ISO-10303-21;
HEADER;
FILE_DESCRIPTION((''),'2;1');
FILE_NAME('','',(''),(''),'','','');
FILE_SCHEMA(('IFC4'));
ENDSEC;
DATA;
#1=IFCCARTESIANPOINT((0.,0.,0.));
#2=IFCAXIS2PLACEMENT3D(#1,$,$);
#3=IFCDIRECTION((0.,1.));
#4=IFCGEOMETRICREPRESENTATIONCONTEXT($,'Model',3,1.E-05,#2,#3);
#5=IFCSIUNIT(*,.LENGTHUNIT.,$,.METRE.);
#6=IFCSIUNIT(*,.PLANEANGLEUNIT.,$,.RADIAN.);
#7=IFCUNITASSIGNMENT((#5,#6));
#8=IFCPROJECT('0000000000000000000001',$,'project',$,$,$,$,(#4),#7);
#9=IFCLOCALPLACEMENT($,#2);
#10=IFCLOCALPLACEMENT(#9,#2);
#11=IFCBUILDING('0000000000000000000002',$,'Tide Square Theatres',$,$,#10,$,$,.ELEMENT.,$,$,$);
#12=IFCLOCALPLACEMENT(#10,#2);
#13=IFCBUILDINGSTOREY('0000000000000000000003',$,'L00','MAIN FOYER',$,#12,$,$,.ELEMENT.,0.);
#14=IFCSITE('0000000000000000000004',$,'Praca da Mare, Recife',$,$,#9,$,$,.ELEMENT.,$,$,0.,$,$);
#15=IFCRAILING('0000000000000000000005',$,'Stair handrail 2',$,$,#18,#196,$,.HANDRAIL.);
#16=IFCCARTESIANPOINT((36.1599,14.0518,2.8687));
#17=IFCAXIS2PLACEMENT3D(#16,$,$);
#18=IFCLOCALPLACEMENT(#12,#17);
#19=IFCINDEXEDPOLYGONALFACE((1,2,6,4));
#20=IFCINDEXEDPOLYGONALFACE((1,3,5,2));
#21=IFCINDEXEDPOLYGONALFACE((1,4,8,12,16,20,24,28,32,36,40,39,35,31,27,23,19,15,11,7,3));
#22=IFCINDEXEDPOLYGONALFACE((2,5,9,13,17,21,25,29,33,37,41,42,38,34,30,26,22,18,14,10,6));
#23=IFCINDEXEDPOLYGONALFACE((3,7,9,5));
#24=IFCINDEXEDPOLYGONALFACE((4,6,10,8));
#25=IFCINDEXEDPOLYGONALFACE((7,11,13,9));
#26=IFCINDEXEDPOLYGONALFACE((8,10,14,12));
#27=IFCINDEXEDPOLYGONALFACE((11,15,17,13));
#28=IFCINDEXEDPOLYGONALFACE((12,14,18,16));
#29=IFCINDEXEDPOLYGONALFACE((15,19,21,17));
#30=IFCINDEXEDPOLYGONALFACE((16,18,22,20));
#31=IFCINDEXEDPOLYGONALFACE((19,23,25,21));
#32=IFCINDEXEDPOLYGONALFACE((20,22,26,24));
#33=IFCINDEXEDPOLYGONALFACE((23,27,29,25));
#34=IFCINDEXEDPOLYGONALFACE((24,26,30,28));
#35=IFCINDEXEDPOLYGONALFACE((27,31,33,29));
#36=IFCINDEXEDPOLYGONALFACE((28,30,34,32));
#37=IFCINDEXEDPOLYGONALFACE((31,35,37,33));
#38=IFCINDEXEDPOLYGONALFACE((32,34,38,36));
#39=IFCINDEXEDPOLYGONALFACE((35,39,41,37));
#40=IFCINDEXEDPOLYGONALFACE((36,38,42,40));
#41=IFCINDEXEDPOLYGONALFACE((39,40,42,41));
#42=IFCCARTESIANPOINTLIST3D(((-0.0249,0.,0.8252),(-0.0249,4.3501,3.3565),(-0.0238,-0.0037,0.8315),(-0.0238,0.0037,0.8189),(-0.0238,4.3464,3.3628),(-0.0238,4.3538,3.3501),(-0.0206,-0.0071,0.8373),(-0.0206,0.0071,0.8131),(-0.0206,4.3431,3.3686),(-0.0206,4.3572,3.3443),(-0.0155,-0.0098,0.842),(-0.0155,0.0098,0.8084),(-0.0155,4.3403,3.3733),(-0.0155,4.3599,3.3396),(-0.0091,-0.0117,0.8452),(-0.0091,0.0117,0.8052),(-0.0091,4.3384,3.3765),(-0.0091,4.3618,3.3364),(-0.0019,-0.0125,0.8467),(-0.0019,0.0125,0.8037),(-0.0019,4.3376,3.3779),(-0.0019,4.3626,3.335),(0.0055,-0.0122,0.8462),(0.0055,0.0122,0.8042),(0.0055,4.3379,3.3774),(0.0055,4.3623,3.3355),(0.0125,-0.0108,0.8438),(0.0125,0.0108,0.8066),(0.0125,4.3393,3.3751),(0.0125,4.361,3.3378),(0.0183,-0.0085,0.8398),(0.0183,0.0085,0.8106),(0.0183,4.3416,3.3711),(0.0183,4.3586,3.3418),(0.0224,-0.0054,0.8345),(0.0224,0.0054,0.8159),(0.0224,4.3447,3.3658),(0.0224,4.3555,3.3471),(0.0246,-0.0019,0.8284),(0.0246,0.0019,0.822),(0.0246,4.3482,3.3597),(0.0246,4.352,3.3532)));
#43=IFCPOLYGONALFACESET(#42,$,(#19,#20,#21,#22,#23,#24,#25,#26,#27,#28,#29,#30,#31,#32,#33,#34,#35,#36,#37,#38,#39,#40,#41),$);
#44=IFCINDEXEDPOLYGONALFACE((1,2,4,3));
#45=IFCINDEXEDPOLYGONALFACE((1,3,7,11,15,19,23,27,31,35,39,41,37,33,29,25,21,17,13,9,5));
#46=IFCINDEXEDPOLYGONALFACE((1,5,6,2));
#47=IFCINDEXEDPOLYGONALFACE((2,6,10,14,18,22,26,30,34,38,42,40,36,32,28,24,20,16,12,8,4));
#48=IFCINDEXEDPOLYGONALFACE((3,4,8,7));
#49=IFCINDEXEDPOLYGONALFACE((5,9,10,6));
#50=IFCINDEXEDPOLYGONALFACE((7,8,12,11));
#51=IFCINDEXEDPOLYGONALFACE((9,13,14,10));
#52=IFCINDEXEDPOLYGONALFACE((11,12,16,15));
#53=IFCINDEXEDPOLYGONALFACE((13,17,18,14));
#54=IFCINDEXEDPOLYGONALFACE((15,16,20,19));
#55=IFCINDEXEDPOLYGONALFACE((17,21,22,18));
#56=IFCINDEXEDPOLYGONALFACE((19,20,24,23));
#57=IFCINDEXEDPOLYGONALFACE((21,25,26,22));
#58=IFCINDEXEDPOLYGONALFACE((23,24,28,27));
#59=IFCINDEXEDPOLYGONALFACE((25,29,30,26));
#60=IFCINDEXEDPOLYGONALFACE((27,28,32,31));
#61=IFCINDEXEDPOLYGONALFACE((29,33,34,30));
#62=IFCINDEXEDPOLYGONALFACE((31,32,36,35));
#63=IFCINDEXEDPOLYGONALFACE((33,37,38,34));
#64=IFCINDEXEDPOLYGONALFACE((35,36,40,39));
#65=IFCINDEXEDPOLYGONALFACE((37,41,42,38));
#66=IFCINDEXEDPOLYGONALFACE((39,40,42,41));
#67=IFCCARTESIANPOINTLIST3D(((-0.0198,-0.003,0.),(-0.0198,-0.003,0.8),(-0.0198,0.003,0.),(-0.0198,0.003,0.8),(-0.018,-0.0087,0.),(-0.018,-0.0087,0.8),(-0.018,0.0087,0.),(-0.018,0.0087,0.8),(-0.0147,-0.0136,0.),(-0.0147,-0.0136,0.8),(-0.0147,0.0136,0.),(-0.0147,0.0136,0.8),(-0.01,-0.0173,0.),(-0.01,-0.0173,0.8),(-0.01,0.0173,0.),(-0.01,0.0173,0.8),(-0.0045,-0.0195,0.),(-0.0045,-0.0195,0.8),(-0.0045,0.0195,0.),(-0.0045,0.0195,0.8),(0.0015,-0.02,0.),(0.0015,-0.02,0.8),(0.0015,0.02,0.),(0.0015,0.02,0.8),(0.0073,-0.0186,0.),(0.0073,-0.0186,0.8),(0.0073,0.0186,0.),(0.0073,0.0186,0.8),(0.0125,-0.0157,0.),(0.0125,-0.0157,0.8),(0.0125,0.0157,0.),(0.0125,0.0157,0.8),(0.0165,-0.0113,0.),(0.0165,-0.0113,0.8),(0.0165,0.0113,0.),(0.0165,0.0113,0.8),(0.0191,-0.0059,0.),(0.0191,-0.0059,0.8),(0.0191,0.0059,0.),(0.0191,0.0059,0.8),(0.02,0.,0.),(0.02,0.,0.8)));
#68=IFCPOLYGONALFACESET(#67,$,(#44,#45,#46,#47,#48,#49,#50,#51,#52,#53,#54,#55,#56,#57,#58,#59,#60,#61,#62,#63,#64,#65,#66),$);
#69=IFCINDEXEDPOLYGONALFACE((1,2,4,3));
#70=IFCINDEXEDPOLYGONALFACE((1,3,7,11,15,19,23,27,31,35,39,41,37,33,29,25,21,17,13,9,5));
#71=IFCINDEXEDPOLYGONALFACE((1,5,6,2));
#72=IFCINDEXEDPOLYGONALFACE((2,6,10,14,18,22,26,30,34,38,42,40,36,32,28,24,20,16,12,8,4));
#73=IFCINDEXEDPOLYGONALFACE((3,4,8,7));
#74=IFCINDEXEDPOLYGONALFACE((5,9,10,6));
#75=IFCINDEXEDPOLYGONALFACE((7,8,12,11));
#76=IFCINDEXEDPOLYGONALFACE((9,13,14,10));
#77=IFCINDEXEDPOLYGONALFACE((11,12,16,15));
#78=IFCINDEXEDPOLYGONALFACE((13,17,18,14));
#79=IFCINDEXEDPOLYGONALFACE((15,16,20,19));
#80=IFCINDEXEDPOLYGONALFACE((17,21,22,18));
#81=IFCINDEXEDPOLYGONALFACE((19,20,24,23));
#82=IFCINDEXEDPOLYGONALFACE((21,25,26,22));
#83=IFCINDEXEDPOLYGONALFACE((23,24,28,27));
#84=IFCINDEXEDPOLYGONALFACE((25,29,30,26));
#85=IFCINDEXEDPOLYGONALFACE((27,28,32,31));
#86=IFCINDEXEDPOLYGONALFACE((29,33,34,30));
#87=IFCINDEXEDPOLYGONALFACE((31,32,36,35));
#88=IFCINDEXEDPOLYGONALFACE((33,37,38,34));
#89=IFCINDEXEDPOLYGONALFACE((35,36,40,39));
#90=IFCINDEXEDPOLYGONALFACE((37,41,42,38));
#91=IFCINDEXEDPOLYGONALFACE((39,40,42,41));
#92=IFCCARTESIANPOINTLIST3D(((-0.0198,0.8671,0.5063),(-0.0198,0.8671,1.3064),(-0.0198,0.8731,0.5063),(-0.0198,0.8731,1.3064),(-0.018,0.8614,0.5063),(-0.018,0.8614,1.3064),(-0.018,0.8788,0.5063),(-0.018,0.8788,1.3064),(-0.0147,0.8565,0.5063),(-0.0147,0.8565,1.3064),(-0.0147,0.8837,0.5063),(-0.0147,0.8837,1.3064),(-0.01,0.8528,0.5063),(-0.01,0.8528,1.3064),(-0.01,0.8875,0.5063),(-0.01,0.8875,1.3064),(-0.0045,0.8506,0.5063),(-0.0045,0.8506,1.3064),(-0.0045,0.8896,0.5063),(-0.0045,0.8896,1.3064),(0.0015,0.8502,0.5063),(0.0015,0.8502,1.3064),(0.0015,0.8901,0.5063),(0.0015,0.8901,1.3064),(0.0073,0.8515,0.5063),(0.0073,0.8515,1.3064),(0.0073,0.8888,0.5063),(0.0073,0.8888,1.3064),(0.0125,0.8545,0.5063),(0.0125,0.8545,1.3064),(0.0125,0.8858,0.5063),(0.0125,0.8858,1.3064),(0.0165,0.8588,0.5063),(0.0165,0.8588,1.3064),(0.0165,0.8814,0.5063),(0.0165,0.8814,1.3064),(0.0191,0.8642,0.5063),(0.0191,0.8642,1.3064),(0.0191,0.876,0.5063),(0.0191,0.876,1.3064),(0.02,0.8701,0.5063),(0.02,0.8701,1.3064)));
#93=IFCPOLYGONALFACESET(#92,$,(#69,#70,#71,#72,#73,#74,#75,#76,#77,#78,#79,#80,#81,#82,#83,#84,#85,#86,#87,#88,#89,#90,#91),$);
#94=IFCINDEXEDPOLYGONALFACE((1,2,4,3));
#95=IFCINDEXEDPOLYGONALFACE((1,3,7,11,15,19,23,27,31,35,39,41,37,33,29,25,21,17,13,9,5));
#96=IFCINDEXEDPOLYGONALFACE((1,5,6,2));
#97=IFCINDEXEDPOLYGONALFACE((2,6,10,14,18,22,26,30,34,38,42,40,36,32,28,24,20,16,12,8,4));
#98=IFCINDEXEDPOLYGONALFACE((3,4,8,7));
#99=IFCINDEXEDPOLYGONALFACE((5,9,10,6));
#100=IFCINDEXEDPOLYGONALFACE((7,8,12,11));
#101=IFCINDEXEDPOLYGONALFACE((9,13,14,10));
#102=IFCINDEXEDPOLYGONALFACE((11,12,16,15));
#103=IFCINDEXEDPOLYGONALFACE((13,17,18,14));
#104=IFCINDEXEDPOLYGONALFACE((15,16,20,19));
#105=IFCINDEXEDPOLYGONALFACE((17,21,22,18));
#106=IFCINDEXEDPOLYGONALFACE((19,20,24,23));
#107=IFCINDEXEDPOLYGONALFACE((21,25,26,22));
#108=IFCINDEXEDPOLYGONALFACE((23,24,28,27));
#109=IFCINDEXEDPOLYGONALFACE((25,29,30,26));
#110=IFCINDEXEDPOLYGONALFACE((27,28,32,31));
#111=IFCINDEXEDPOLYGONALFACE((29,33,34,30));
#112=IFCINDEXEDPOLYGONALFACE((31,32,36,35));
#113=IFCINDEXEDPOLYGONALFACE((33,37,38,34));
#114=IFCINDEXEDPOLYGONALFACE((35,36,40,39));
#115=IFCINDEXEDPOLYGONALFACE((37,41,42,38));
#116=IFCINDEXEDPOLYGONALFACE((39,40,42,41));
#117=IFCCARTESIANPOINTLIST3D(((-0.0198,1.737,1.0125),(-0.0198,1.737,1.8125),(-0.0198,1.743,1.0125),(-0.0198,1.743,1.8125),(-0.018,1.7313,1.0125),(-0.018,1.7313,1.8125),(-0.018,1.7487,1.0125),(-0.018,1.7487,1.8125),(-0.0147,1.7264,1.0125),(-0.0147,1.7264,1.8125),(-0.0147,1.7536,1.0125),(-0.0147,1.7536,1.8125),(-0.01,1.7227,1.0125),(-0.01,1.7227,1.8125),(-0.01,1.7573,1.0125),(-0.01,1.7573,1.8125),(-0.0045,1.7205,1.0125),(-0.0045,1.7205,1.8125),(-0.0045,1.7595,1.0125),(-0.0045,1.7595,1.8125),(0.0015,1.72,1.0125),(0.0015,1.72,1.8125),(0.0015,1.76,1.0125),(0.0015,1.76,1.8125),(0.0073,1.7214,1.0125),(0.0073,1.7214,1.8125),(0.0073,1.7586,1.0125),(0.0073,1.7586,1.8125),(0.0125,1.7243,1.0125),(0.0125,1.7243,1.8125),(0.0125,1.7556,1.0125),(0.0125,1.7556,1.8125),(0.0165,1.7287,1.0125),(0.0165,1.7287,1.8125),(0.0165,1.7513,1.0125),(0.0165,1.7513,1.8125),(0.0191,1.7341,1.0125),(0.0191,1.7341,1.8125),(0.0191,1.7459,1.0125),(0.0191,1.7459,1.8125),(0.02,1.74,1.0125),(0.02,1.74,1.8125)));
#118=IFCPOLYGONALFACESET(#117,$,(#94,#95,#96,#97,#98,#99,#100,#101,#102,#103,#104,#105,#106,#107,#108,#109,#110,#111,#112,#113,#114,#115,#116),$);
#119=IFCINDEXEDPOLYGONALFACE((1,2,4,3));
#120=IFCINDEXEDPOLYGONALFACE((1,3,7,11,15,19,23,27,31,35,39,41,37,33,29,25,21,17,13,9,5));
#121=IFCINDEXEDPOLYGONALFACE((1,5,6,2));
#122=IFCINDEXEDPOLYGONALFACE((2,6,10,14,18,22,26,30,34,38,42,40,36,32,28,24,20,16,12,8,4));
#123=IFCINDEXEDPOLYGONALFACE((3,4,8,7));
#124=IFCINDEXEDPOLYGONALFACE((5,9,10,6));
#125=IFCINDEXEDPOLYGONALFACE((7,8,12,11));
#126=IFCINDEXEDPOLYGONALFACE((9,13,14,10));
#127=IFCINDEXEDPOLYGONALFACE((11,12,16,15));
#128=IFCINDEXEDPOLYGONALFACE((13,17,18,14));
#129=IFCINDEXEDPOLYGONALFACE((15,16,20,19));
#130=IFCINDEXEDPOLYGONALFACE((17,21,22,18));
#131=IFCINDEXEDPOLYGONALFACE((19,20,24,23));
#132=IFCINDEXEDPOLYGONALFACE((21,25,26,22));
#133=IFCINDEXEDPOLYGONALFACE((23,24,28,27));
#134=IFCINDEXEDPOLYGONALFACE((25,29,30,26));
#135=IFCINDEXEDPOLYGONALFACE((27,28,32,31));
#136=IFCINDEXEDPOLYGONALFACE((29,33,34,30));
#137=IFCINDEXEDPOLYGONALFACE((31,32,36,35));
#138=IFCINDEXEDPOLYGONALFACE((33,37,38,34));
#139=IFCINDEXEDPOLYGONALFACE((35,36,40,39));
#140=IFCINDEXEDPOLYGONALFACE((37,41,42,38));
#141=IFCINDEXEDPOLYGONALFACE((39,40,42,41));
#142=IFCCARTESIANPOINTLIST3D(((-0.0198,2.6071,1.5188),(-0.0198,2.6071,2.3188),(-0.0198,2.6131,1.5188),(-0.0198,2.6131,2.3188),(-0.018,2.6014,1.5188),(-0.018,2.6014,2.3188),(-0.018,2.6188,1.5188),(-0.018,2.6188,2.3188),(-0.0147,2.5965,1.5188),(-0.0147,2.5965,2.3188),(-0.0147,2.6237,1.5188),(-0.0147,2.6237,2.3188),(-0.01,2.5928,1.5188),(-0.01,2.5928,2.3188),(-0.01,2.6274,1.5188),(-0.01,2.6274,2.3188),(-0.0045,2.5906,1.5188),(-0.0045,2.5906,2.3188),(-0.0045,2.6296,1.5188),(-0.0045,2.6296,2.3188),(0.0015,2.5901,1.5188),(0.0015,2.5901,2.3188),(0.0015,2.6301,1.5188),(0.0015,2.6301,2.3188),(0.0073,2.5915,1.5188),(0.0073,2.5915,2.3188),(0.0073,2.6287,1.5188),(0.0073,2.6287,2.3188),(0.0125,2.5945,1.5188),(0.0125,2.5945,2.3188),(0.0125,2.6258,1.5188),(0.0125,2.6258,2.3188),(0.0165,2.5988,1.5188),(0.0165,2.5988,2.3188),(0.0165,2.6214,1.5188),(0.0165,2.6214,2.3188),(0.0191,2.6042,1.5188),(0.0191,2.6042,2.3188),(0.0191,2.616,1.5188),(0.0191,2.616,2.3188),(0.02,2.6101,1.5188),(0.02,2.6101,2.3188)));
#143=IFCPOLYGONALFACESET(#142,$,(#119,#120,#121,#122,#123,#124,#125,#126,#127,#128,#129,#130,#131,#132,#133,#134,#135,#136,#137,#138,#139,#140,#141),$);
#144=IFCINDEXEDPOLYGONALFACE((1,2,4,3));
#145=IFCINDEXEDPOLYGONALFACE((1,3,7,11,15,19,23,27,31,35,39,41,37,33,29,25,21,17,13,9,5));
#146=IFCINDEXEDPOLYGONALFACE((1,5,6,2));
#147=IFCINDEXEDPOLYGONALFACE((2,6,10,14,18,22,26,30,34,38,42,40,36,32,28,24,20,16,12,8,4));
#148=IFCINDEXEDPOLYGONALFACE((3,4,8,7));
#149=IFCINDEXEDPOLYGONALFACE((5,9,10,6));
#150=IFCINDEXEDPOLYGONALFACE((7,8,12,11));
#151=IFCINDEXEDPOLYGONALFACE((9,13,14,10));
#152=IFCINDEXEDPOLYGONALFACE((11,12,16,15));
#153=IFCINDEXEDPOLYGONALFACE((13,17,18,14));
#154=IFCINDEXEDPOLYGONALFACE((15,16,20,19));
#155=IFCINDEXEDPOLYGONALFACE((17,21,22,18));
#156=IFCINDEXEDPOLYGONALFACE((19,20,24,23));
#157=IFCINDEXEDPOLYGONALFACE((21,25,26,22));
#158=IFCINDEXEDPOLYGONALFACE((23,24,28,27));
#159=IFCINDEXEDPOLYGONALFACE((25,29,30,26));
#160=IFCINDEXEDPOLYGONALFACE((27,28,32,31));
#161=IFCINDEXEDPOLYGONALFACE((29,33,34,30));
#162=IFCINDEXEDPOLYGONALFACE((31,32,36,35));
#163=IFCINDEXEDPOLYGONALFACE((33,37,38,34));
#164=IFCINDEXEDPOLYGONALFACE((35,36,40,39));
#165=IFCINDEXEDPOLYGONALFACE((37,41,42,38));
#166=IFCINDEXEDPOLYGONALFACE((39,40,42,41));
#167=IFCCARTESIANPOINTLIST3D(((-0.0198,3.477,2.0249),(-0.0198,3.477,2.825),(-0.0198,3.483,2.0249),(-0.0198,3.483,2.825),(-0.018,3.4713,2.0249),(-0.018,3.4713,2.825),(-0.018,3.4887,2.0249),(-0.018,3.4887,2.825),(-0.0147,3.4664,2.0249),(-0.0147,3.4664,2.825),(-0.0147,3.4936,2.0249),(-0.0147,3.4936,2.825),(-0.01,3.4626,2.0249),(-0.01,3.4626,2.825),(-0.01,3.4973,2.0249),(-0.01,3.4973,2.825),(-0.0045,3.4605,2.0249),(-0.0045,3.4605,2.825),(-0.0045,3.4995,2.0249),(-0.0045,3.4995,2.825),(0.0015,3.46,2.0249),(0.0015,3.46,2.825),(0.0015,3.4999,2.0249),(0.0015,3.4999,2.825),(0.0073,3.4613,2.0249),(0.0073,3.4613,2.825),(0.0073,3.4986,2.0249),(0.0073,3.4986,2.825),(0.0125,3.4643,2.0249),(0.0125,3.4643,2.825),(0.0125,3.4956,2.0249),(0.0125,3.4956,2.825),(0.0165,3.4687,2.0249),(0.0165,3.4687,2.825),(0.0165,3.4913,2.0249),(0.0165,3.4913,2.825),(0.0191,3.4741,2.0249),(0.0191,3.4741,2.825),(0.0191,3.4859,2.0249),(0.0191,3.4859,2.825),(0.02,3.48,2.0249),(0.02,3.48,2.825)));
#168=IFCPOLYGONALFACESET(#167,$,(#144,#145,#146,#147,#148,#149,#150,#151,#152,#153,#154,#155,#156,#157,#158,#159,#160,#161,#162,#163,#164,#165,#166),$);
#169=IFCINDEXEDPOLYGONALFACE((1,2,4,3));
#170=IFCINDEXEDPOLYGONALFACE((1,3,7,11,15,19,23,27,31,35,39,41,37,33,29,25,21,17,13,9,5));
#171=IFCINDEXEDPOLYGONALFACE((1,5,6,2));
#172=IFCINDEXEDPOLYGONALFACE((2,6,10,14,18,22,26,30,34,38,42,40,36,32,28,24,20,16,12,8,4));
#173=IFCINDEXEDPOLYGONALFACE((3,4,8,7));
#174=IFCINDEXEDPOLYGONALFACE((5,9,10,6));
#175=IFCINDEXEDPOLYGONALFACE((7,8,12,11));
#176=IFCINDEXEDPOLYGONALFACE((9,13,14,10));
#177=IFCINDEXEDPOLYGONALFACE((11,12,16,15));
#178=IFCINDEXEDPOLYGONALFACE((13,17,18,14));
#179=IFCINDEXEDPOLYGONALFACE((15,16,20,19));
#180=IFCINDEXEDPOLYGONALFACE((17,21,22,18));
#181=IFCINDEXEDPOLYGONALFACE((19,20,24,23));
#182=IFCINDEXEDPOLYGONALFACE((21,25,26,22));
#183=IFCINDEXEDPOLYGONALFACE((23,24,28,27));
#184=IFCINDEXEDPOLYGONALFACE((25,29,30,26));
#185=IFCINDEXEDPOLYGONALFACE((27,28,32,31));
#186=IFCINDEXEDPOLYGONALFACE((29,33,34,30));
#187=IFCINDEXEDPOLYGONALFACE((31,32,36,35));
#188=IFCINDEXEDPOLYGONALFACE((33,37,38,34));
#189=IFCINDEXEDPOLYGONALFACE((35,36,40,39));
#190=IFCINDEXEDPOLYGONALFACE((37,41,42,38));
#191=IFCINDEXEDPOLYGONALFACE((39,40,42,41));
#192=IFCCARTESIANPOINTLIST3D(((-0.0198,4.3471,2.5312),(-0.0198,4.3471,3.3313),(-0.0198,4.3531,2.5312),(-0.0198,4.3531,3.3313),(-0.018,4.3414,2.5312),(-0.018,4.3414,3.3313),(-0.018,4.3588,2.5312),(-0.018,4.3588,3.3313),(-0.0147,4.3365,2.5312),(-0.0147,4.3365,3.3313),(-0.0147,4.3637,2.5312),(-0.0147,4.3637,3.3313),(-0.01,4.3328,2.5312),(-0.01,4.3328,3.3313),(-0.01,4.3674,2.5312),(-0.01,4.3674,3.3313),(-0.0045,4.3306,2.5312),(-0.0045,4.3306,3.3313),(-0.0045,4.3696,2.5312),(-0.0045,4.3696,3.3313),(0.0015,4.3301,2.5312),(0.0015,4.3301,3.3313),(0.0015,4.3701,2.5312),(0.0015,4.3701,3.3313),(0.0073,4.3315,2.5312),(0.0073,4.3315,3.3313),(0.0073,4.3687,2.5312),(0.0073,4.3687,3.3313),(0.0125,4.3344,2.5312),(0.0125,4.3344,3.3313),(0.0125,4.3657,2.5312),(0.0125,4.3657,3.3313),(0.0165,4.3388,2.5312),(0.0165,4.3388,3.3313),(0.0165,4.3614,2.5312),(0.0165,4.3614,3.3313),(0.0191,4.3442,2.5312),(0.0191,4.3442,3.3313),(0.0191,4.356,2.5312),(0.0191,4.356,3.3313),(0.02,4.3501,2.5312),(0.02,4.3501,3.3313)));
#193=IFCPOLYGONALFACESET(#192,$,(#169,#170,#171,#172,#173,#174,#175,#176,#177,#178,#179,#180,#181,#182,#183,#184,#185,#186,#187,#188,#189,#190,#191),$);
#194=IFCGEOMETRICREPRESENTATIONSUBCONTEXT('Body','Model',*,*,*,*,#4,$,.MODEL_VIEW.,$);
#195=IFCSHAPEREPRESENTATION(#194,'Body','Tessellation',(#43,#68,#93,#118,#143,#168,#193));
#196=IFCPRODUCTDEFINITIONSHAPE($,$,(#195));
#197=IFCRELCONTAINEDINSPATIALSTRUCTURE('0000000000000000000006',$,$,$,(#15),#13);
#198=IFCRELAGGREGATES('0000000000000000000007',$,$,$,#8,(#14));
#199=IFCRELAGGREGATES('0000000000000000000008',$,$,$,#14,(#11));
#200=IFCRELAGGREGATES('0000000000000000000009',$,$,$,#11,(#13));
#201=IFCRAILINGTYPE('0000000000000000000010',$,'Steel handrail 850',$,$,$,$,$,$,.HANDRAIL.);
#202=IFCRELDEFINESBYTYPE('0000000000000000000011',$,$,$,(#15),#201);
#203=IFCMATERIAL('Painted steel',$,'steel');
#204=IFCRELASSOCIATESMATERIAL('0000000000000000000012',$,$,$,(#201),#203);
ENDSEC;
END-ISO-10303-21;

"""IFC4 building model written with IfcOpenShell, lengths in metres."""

from ifc_helpers import new_model, si_unit, direction, frame, origin, origin_2d, place, context, subcontext, project, spatial, circle, extrude, material, type_object, element, save


model = new_model("IFC4")

# Units and contexts
model_context = context("Model", 3, precision=1e-05, world=origin(), true_north=direction((0.0, 1.0)))
body_context = subcontext(model_context, "Body", "Model", "MODEL_VIEW")
ifc_project = project(units=[si_unit("LENGTHUNIT", "METRE"), si_unit("PLANEANGLEUNIT", "RADIAN")], contexts=[model_context])

# Site, building, storey
site_placement = place(None, origin())
site = spatial("IfcSite", under=ifc_project, at=site_placement, Name="Praca da Mare, Recife", CompositionType="ELEMENT", RefElevation=0.0)
building_placement = place(site_placement, origin())
building = spatial("IfcBuilding", under=site, at=building_placement, Name="Tide Square Theatres", CompositionType="ELEMENT")
storey_placement = place(building_placement, origin())
storey = spatial("IfcBuildingStorey", under=building, at=storey_placement, Name="L00", Description="MAIN FOYER", CompositionType="ELEMENT", Elevation=0.0)

# Railing
ifc_material_1 = material(Name="Painted steel", Category="steel")
railing_type = type_object("IfcRailingType", Name="Steel handrail 850", PredefinedType="HANDRAIL", material=ifc_material_1)
for number, where, name in (
    (1, (36.1599, 14.0518, 2.8687), "Stair handrail 2"),
):
    element("IfcRailing", number, at=place(storey_placement, frame(where)), inside=storey, type_object=railing_type, Name=name, PredefinedType="HANDRAIL", context=body_context, shape_type="SweptSolid", body=[
        extrude(circle(Radius=0.0249, at=origin_2d()), frame((0.0, 0.0, 0.8252), z_axis=(0.0, 0.864324, 0.502936), x_axis=(-1.0, 0.0, 0.0)), (0.0, 0.0, 1.0), 5.033),
        extrude(circle(Radius=0.02, at=origin_2d()), origin(), (0.0, 0.0, 1.0), 0.8),
        extrude(circle(Radius=0.02, at=origin_2d()), frame((0.0, 0.8701, 0.5063)), (0.0, 0.0, 1.0), 0.8),
        extrude(circle(Radius=0.02, at=origin_2d()), frame((0.0, 1.74, 1.0125)), (0.0, 0.0, 1.0), 0.8),
        extrude(circle(Radius=0.02, at=origin_2d()), frame((0.0, 2.6101, 1.5188)), (0.0, 0.0, 1.0), 0.8),
        extrude(circle(Radius=0.02, at=origin_2d()), frame((0.0, 3.48, 2.0249)), (0.0, 0.0, 1.0), 0.8),
        extrude(circle(Radius=0.02, at=origin_2d()), frame((0.0, 4.3501, 2.5312)), (0.0, 0.0, 1.0), 0.8),
    ])

save(model, "model.ifc")
